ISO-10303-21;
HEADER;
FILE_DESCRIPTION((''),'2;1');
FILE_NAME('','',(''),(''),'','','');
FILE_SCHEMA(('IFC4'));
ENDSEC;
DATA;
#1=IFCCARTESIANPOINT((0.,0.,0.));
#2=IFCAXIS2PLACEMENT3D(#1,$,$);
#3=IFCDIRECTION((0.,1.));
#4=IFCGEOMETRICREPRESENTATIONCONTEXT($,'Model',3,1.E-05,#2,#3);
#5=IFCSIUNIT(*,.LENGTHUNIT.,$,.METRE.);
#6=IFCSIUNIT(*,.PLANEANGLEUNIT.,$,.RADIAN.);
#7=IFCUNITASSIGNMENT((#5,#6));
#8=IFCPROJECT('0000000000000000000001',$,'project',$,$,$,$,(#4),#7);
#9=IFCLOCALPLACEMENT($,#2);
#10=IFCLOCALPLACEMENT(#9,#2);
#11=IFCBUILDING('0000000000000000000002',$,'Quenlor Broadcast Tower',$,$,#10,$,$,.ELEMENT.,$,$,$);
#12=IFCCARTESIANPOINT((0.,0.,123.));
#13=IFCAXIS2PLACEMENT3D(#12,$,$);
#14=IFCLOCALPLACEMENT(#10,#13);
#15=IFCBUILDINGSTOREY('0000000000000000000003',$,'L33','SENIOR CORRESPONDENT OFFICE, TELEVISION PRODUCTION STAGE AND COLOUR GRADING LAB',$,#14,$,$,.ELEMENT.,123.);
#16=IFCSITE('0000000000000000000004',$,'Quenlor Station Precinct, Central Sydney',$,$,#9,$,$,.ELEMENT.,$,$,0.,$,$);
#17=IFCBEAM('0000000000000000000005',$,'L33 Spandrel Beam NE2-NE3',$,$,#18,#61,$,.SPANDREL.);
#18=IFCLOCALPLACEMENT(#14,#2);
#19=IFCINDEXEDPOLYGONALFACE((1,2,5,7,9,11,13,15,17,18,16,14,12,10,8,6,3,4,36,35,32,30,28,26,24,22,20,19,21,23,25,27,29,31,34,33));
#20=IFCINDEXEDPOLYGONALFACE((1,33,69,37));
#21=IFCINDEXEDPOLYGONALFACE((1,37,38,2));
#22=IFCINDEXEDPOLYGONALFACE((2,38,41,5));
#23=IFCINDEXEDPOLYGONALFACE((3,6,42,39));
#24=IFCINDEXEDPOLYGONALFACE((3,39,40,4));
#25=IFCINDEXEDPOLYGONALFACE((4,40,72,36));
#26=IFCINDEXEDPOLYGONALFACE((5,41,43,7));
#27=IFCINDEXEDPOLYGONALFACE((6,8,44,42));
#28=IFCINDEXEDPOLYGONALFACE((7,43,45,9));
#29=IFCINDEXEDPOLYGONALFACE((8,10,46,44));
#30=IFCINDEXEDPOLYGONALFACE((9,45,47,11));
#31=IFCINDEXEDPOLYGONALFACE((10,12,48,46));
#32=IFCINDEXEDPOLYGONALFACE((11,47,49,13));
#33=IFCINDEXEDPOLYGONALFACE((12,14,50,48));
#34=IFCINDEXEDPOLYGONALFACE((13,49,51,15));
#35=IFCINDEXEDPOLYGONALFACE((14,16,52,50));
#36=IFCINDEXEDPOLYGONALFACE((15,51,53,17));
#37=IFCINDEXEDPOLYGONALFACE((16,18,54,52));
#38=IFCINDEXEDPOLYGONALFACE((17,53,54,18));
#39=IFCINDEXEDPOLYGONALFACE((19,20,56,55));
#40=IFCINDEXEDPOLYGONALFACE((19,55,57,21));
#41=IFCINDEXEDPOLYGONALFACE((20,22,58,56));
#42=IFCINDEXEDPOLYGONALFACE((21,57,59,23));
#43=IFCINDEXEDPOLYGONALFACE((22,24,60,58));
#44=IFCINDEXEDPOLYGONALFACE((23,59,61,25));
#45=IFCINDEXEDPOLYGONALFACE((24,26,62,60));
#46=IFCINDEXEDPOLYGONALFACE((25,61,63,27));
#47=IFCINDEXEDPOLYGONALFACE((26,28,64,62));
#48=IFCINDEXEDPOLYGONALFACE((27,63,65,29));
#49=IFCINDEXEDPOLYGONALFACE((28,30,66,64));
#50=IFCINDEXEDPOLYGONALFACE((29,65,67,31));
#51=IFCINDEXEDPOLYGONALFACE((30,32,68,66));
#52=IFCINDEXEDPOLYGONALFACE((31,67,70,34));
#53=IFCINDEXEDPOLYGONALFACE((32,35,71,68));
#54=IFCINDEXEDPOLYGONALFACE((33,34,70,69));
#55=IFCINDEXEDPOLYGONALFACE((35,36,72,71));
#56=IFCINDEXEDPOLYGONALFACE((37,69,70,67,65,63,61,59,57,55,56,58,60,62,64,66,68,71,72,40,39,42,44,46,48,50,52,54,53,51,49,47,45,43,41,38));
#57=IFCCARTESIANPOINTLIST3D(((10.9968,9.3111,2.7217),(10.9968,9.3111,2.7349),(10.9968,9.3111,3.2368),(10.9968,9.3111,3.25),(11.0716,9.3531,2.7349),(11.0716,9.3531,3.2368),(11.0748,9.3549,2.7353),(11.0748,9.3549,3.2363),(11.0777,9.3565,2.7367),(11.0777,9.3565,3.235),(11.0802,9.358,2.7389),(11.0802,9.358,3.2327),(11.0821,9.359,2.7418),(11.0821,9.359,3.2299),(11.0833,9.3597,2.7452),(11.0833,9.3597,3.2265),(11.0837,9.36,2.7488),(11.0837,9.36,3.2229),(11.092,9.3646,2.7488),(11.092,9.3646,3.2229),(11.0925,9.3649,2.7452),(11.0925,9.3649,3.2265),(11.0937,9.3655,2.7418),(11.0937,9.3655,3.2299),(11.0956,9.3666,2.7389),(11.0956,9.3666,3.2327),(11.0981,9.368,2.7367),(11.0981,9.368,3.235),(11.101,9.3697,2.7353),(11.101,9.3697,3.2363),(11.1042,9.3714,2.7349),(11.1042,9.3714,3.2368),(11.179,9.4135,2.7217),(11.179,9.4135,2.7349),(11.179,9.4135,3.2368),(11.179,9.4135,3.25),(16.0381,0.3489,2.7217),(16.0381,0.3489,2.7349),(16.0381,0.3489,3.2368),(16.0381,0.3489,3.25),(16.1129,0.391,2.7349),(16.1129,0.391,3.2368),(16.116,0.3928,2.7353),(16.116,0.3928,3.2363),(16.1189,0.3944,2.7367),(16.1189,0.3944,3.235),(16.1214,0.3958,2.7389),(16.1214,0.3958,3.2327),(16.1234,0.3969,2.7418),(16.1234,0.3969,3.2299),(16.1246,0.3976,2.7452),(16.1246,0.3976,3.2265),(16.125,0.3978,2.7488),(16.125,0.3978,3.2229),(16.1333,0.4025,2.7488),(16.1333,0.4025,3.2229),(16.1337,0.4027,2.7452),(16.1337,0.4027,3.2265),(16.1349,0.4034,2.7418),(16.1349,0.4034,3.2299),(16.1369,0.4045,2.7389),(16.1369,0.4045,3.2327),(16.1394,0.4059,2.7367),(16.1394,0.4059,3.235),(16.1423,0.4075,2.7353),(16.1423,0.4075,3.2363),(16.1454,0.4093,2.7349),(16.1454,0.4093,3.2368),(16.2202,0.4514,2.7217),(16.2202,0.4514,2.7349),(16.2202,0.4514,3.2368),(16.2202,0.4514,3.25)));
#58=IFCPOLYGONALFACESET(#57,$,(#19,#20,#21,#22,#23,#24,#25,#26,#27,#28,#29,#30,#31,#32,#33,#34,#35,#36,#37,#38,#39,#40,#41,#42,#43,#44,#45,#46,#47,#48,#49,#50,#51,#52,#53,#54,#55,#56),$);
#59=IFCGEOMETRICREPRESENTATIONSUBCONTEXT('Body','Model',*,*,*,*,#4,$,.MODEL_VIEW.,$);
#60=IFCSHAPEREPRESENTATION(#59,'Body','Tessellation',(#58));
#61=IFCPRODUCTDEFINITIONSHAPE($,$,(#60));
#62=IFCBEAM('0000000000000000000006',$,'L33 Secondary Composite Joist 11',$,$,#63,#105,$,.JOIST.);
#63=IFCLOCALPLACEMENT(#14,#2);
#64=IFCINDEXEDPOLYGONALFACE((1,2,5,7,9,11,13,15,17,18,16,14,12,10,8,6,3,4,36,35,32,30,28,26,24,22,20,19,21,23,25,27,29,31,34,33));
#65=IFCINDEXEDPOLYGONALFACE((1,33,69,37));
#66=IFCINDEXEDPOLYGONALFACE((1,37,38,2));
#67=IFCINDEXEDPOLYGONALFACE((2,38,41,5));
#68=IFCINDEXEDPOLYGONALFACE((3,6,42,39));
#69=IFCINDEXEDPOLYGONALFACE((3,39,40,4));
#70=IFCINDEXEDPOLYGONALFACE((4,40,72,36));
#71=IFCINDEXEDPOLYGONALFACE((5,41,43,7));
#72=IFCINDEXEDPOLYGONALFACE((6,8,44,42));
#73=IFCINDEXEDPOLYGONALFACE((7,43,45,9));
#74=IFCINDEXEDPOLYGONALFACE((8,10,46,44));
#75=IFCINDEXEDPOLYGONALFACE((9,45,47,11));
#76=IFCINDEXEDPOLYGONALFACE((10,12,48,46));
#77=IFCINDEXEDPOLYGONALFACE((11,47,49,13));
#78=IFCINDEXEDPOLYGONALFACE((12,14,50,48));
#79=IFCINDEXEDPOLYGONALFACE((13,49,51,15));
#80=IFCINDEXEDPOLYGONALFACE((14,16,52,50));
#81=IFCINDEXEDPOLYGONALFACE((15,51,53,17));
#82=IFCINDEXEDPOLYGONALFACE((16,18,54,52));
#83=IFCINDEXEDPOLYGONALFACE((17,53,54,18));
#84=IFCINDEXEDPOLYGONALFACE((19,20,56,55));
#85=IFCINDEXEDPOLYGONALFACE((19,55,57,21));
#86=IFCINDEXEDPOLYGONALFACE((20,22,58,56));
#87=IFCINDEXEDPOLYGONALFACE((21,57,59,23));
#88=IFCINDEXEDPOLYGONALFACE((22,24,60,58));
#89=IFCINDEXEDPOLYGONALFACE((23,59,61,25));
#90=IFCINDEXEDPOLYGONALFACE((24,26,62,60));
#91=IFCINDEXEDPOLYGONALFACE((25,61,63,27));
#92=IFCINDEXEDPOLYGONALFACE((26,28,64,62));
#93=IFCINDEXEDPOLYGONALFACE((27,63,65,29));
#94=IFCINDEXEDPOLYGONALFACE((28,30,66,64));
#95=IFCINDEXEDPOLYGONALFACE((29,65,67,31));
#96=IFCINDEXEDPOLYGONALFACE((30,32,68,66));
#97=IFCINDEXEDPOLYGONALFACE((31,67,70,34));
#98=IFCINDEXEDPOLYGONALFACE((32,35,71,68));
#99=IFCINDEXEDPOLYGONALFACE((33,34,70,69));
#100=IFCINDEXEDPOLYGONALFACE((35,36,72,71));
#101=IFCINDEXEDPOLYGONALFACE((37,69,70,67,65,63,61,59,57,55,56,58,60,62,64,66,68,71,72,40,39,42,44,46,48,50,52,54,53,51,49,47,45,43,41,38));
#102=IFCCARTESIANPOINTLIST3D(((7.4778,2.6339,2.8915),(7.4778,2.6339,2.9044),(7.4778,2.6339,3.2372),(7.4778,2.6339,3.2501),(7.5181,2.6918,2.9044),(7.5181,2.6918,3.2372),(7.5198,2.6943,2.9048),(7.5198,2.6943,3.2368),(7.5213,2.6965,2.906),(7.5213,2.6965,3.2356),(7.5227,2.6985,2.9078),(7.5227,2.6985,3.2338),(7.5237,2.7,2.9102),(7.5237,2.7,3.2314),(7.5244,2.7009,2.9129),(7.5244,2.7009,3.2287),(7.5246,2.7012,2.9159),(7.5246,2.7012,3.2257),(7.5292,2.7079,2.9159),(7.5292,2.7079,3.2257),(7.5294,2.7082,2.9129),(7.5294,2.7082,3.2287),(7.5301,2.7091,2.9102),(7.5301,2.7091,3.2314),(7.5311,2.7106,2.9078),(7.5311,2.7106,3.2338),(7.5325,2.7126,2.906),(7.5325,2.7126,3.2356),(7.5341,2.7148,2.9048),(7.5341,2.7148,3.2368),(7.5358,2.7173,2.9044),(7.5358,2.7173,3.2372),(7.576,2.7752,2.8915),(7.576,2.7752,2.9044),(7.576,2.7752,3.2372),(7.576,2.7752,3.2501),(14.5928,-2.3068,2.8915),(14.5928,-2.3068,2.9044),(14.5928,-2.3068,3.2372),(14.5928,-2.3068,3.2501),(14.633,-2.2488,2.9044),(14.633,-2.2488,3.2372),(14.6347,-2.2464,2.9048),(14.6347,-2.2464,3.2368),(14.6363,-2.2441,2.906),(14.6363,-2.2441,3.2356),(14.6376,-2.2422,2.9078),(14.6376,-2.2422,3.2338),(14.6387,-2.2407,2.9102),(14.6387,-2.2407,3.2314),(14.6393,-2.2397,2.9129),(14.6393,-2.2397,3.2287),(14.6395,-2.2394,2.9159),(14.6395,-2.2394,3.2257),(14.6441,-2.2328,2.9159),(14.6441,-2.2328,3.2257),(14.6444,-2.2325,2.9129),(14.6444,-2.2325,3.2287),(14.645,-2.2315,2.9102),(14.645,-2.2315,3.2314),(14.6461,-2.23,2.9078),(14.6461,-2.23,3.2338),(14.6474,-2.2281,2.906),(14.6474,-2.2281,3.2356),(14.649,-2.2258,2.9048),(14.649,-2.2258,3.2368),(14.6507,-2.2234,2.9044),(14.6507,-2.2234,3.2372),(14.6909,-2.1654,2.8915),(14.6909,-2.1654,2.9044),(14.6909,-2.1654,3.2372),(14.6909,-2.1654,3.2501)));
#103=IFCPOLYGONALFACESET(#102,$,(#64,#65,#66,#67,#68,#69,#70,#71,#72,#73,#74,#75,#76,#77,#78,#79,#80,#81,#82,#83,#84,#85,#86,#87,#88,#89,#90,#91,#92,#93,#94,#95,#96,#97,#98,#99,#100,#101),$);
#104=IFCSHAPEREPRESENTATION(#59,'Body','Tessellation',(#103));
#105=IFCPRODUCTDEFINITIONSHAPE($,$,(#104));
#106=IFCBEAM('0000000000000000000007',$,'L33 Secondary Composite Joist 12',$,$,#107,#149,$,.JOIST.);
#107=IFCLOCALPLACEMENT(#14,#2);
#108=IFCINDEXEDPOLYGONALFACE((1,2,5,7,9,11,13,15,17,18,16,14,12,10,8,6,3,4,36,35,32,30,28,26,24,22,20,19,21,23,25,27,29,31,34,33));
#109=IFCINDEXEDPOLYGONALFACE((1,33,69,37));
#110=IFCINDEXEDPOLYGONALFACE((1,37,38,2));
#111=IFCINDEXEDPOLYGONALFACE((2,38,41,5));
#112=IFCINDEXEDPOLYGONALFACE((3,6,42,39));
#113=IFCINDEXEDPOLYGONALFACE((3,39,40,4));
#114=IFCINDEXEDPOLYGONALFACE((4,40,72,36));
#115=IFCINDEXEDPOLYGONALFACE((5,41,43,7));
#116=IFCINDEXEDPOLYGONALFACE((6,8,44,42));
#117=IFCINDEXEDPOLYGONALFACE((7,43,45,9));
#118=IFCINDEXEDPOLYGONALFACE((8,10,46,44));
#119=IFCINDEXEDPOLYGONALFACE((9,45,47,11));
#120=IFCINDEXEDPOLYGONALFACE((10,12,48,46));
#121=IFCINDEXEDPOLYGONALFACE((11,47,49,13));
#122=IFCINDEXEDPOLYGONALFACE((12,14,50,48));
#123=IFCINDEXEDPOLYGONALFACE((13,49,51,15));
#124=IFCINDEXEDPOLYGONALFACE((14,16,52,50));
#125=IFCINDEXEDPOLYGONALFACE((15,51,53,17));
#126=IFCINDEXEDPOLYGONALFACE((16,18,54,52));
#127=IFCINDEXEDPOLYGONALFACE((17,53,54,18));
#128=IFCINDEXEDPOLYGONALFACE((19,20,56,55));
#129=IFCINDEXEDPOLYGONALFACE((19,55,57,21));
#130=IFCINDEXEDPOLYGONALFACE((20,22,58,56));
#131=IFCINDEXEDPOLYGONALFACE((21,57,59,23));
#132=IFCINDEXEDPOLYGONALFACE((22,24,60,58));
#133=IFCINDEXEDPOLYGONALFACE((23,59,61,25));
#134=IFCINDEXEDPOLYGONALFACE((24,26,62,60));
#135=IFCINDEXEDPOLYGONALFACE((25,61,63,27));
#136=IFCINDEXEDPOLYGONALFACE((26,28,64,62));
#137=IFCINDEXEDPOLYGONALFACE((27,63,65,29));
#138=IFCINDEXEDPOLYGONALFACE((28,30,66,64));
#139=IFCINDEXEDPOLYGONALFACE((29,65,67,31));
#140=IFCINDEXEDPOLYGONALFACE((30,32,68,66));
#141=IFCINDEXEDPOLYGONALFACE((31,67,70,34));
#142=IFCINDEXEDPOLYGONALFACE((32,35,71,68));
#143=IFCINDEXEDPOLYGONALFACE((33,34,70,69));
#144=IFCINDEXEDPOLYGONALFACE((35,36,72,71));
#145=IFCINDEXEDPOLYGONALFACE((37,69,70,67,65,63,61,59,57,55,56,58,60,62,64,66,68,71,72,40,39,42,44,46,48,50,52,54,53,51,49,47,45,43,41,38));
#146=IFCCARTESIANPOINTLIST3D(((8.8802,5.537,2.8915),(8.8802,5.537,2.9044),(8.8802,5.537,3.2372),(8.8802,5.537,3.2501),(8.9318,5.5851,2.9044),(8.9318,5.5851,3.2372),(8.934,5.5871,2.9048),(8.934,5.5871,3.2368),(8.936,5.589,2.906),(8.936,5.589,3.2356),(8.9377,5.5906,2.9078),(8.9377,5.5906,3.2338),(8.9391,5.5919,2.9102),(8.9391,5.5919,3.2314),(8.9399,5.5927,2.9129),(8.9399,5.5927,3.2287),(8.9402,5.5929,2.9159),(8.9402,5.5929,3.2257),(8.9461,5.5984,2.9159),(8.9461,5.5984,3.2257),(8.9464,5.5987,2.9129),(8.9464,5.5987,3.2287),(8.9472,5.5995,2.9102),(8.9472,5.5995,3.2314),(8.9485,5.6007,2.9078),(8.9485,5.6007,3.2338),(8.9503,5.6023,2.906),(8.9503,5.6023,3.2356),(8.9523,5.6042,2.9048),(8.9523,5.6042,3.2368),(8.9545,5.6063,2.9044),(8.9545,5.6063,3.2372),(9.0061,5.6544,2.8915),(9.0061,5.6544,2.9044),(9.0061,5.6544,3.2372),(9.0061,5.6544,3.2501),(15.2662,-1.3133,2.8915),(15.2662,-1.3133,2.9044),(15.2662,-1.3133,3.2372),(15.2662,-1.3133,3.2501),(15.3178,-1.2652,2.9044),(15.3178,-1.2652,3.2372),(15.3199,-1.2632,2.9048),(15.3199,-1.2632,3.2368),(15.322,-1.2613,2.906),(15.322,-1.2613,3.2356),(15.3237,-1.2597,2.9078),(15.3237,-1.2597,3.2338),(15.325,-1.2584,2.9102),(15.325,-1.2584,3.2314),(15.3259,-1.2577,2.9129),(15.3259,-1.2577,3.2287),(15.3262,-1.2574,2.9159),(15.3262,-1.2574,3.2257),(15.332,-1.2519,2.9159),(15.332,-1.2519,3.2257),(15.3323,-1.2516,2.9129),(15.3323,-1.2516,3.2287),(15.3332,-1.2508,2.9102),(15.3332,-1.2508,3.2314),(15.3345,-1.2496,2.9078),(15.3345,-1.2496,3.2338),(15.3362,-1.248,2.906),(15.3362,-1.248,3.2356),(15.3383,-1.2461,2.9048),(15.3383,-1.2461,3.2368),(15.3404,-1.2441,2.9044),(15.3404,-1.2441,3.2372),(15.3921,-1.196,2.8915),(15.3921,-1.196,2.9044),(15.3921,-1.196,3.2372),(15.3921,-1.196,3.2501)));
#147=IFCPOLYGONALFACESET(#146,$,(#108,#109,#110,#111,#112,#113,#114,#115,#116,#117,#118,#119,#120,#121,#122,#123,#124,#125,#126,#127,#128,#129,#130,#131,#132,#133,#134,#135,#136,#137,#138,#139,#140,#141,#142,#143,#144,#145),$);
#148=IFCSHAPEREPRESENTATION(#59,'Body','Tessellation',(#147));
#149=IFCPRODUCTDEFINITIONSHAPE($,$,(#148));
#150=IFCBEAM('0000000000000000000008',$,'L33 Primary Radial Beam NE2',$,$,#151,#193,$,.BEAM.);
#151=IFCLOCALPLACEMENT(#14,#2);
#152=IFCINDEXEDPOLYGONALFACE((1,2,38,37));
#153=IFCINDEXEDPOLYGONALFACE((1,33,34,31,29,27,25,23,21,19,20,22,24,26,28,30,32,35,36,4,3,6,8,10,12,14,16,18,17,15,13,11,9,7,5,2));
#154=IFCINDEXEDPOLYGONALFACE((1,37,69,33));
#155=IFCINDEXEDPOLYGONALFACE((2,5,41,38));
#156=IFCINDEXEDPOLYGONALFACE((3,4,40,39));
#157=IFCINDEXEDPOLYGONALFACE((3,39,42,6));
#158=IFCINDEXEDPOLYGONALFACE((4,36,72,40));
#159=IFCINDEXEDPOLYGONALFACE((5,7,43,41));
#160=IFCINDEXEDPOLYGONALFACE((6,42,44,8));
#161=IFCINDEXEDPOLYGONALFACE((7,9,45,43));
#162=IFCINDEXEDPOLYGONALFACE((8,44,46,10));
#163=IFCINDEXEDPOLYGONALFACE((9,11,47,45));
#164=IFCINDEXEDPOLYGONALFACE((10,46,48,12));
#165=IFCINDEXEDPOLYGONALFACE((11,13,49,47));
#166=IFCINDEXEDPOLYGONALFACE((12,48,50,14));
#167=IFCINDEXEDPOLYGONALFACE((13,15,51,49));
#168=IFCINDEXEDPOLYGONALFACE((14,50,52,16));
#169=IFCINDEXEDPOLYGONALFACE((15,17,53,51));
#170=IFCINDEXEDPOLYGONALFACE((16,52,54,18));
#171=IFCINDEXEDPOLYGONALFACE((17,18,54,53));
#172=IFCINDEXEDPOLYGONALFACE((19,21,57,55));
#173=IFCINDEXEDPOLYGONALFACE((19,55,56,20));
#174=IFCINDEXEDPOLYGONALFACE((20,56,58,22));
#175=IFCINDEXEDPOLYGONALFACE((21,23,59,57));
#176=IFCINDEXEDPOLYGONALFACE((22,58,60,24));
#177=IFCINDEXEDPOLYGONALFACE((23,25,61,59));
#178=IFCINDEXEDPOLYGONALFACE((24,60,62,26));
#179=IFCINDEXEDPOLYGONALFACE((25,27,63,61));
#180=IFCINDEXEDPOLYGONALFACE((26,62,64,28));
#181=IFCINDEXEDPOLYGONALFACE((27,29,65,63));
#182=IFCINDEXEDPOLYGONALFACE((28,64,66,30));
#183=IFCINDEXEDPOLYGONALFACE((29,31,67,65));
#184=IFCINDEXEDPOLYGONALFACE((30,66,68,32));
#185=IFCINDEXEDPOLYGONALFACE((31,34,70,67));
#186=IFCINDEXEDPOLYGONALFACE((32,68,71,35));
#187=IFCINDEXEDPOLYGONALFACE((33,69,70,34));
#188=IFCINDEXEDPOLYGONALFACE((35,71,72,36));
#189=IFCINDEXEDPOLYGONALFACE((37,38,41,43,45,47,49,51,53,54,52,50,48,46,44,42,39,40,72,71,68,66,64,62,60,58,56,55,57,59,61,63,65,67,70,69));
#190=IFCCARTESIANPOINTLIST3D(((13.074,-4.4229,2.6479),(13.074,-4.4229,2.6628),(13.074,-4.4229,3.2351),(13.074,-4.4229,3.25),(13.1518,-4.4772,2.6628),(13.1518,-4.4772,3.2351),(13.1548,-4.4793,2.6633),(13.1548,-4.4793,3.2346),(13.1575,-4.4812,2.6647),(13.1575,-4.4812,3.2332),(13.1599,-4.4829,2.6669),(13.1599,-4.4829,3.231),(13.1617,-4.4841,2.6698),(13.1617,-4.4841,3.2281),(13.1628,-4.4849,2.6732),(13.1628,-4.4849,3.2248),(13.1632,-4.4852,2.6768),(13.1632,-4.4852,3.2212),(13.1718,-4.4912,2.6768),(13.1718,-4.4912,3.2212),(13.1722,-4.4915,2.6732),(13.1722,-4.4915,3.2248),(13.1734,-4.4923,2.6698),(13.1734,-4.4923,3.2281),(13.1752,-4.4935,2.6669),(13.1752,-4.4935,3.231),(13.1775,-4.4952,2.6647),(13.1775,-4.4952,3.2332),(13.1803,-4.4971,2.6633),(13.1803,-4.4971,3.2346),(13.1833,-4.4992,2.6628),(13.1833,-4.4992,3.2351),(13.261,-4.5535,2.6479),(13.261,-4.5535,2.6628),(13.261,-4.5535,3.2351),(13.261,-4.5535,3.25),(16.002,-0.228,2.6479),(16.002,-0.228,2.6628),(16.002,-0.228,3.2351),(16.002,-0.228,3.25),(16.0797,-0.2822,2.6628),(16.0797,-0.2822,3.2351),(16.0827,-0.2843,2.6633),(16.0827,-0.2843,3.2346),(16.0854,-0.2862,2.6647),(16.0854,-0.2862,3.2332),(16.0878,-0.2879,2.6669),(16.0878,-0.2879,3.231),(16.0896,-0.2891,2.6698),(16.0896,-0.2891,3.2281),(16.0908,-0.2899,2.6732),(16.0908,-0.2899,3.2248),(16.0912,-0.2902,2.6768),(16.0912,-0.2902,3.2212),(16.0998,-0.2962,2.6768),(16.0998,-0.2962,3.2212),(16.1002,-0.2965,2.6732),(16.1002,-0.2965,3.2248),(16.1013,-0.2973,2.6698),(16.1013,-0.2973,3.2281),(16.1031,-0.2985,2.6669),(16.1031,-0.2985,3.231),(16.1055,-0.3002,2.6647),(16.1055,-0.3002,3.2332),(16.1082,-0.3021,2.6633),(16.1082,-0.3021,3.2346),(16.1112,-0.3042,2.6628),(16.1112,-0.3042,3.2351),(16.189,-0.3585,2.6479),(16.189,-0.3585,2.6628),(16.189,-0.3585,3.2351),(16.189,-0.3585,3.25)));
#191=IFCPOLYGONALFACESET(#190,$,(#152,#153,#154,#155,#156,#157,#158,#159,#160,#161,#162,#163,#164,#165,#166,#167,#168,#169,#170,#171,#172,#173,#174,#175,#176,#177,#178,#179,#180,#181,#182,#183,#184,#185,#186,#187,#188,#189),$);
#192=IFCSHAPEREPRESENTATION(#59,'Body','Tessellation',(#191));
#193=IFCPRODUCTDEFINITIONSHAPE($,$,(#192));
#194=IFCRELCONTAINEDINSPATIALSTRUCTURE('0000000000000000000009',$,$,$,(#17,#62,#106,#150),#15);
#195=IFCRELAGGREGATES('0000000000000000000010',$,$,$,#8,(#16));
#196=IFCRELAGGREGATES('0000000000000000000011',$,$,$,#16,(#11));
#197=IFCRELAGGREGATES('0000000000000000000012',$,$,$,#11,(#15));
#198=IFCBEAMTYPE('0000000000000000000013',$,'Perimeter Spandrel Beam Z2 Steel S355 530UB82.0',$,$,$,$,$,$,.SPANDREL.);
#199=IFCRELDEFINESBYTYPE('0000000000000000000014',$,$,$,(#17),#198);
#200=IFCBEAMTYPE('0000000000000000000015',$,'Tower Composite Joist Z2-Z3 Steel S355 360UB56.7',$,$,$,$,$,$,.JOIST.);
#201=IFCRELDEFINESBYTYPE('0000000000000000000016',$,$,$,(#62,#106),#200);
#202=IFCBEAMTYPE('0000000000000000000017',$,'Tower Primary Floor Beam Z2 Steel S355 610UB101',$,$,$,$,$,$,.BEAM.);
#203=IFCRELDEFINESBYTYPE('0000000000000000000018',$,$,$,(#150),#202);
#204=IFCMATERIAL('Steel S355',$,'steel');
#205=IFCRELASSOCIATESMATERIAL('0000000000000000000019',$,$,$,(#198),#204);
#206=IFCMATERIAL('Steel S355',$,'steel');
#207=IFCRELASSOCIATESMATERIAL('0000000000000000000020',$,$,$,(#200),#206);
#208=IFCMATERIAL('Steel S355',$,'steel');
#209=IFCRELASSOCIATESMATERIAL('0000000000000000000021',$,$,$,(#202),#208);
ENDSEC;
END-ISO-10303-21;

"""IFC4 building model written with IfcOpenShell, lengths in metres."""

from ifc_helpers import new_model, si_unit, direction, frame, origin, origin_2d, place, context, subcontext, project, spatial, i_section, extrude, material, material_profile, profile_set, type_object, element, save


model = new_model("IFC4")

# Units and contexts
model_context = context("Model", 3, precision=1e-05, world=origin(), true_north=direction((0.0, 1.0)))
body_context = subcontext(model_context, "Body", "Model", "MODEL_VIEW")
ifc_project = project(units=[si_unit("LENGTHUNIT", "METRE"), si_unit("PLANEANGLEUNIT", "RADIAN")], contexts=[model_context])

# Site, building, storey
site_placement = place(None, origin())
site = spatial("IfcSite", under=ifc_project, at=site_placement, Name="Quenlor Station Precinct, Central Sydney", CompositionType="ELEMENT", RefElevation=0.0)
building_placement = place(site_placement, origin())
building = spatial("IfcBuilding", under=site, at=building_placement, Name="Quenlor Broadcast Tower", CompositionType="ELEMENT")
storey_placement = place(building_placement, frame((0.0, 0.0, 123.0)))
storey = spatial("IfcBuildingStorey", under=building, at=storey_placement, Name="L33", Description="SENIOR CORRESPONDENT OFFICE, TELEVISION PRODUCTION STAGE AND COLOUR GRADING LAB", CompositionType="ELEMENT", Elevation=123.0)

# Beams
ifc_material_1 = material(Name="Steel S355", Category="steel")
ifc_material_profile_1 = material_profile(ifc_material_1, i_section(OverallWidth=0.209, OverallDepth=0.5283, WebThickness=0.0095, FlangeThickness=0.0132, FilletRadius=0.0139, at=origin_2d()))
ifc_profile_set_1 = profile_set([ifc_material_profile_1], Name="Steel S355 530UB82.0")
beam_type_1 = type_object("IfcBeamType", Name="Perimeter Spandrel Beam Z2 Steel S355 530UB82.0", PredefinedType="SPANDREL", material=ifc_profile_set_1)
beam_1_placement = place(storey_placement, frame((16.1292, 0.4001, 2.9858), z_axis=(-0.490265, 0.871574, 0.0), x_axis=(-0.871574, -0.490265, 0.0)))
element("IfcBeam", 1, at=beam_1_placement, inside=storey, type_object=beam_type_1, Name="L33 Spandrel Beam NE2-NE3", PredefinedType="SPANDREL", context=body_context, shape_type="SweptSolid", body=[
    extrude(i_section(OverallWidth=0.209, OverallDepth=0.5283, WebThickness=0.0095, FlangeThickness=0.0132, FilletRadius=0.0139, at=origin_2d()), origin(), (0.0, 0.0, 1.0), 10.2827),
])
ifc_material_2 = material(Name="Steel S355", Category="steel")
ifc_material_profile_2 = material_profile(ifc_material_2, i_section(OverallWidth=0.1721, OverallDepth=0.3586, WebThickness=0.0081, FlangeThickness=0.0129, FilletRadius=0.0115, at=origin_2d()))
ifc_profile_set_2 = profile_set([ifc_material_profile_2], Name="Steel S355 360UB56.7")
beam_type_2 = type_object("IfcBeamType", Name="Tower Composite Joist Z2-Z3 Steel S355 360UB56.7", PredefinedType="JOIST", material=ifc_profile_set_2)
beam_2_placement = place(storey_placement, frame((14.6418, -2.2361, 3.0708), z_axis=(-0.821386, 0.570373, 0.0), x_axis=(-0.570373, -0.821386, 0.0)))
element("IfcBeam", 2, at=beam_2_placement, inside=storey, type_object=beam_type_2, Name="L33 Secondary Composite Joist 11", PredefinedType="JOIST", context=body_context, shape_type="SweptSolid", body=[
    extrude(i_section(OverallWidth=0.1721, OverallDepth=0.3586, WebThickness=0.0081, FlangeThickness=0.0129, FilletRadius=0.0115, at=origin_2d()), origin(), (0.0, 0.0, 1.0), 8.6621),
])
beam_3_placement = place(storey_placement, frame((15.3291, -1.2546, 3.0708), z_axis=(-0.681881, 0.731463, 0.0), x_axis=(-0.731463, -0.681881, 0.0)))
element("IfcBeam", 3, at=beam_3_placement, inside=storey, type_object=beam_type_2, Name="L33 Secondary Composite Joist 12", PredefinedType="JOIST", context=body_context, shape_type="SweptSolid", body=[
    extrude(i_section(OverallWidth=0.1721, OverallDepth=0.3586, WebThickness=0.0081, FlangeThickness=0.0129, FilletRadius=0.0115, at=origin_2d()), origin(), (0.0, 0.0, 1.0), 9.3652),
])
ifc_material_3 = material(Name="Steel S355", Category="steel")
ifc_material_profile_3 = material_profile(ifc_material_3, i_section(OverallWidth=0.228, OverallDepth=0.6021, WebThickness=0.0105, FlangeThickness=0.0149, FilletRadius=0.0139, at=origin_2d()))
ifc_profile_set_3 = profile_set([ifc_material_profile_3], Name="Steel S355 610UB101")
beam_type_3 = type_object("IfcBeamType", Name="Tower Primary Floor Beam Z2 Steel S355 610UB101", PredefinedType="BEAM", material=ifc_profile_set_3)
beam_4_placement = place(storey_placement, frame((16.0955, -0.2932, 2.949), z_axis=(-0.572338, -0.820018, 0.0), x_axis=(0.820018, -0.572338, 0.0)))
element("IfcBeam", 4, at=beam_4_placement, inside=storey, type_object=beam_type_3, Name="L33 Primary Radial Beam NE2", PredefinedType="BEAM", context=body_context, shape_type="SweptSolid", body=[
    extrude(i_section(OverallWidth=0.228, OverallDepth=0.6021, WebThickness=0.0105, FlangeThickness=0.0149, FilletRadius=0.0139, at=origin_2d()), origin(), (0.0, 0.0, 1.0), 5.1157),
])

save(model, "model.ifc")
